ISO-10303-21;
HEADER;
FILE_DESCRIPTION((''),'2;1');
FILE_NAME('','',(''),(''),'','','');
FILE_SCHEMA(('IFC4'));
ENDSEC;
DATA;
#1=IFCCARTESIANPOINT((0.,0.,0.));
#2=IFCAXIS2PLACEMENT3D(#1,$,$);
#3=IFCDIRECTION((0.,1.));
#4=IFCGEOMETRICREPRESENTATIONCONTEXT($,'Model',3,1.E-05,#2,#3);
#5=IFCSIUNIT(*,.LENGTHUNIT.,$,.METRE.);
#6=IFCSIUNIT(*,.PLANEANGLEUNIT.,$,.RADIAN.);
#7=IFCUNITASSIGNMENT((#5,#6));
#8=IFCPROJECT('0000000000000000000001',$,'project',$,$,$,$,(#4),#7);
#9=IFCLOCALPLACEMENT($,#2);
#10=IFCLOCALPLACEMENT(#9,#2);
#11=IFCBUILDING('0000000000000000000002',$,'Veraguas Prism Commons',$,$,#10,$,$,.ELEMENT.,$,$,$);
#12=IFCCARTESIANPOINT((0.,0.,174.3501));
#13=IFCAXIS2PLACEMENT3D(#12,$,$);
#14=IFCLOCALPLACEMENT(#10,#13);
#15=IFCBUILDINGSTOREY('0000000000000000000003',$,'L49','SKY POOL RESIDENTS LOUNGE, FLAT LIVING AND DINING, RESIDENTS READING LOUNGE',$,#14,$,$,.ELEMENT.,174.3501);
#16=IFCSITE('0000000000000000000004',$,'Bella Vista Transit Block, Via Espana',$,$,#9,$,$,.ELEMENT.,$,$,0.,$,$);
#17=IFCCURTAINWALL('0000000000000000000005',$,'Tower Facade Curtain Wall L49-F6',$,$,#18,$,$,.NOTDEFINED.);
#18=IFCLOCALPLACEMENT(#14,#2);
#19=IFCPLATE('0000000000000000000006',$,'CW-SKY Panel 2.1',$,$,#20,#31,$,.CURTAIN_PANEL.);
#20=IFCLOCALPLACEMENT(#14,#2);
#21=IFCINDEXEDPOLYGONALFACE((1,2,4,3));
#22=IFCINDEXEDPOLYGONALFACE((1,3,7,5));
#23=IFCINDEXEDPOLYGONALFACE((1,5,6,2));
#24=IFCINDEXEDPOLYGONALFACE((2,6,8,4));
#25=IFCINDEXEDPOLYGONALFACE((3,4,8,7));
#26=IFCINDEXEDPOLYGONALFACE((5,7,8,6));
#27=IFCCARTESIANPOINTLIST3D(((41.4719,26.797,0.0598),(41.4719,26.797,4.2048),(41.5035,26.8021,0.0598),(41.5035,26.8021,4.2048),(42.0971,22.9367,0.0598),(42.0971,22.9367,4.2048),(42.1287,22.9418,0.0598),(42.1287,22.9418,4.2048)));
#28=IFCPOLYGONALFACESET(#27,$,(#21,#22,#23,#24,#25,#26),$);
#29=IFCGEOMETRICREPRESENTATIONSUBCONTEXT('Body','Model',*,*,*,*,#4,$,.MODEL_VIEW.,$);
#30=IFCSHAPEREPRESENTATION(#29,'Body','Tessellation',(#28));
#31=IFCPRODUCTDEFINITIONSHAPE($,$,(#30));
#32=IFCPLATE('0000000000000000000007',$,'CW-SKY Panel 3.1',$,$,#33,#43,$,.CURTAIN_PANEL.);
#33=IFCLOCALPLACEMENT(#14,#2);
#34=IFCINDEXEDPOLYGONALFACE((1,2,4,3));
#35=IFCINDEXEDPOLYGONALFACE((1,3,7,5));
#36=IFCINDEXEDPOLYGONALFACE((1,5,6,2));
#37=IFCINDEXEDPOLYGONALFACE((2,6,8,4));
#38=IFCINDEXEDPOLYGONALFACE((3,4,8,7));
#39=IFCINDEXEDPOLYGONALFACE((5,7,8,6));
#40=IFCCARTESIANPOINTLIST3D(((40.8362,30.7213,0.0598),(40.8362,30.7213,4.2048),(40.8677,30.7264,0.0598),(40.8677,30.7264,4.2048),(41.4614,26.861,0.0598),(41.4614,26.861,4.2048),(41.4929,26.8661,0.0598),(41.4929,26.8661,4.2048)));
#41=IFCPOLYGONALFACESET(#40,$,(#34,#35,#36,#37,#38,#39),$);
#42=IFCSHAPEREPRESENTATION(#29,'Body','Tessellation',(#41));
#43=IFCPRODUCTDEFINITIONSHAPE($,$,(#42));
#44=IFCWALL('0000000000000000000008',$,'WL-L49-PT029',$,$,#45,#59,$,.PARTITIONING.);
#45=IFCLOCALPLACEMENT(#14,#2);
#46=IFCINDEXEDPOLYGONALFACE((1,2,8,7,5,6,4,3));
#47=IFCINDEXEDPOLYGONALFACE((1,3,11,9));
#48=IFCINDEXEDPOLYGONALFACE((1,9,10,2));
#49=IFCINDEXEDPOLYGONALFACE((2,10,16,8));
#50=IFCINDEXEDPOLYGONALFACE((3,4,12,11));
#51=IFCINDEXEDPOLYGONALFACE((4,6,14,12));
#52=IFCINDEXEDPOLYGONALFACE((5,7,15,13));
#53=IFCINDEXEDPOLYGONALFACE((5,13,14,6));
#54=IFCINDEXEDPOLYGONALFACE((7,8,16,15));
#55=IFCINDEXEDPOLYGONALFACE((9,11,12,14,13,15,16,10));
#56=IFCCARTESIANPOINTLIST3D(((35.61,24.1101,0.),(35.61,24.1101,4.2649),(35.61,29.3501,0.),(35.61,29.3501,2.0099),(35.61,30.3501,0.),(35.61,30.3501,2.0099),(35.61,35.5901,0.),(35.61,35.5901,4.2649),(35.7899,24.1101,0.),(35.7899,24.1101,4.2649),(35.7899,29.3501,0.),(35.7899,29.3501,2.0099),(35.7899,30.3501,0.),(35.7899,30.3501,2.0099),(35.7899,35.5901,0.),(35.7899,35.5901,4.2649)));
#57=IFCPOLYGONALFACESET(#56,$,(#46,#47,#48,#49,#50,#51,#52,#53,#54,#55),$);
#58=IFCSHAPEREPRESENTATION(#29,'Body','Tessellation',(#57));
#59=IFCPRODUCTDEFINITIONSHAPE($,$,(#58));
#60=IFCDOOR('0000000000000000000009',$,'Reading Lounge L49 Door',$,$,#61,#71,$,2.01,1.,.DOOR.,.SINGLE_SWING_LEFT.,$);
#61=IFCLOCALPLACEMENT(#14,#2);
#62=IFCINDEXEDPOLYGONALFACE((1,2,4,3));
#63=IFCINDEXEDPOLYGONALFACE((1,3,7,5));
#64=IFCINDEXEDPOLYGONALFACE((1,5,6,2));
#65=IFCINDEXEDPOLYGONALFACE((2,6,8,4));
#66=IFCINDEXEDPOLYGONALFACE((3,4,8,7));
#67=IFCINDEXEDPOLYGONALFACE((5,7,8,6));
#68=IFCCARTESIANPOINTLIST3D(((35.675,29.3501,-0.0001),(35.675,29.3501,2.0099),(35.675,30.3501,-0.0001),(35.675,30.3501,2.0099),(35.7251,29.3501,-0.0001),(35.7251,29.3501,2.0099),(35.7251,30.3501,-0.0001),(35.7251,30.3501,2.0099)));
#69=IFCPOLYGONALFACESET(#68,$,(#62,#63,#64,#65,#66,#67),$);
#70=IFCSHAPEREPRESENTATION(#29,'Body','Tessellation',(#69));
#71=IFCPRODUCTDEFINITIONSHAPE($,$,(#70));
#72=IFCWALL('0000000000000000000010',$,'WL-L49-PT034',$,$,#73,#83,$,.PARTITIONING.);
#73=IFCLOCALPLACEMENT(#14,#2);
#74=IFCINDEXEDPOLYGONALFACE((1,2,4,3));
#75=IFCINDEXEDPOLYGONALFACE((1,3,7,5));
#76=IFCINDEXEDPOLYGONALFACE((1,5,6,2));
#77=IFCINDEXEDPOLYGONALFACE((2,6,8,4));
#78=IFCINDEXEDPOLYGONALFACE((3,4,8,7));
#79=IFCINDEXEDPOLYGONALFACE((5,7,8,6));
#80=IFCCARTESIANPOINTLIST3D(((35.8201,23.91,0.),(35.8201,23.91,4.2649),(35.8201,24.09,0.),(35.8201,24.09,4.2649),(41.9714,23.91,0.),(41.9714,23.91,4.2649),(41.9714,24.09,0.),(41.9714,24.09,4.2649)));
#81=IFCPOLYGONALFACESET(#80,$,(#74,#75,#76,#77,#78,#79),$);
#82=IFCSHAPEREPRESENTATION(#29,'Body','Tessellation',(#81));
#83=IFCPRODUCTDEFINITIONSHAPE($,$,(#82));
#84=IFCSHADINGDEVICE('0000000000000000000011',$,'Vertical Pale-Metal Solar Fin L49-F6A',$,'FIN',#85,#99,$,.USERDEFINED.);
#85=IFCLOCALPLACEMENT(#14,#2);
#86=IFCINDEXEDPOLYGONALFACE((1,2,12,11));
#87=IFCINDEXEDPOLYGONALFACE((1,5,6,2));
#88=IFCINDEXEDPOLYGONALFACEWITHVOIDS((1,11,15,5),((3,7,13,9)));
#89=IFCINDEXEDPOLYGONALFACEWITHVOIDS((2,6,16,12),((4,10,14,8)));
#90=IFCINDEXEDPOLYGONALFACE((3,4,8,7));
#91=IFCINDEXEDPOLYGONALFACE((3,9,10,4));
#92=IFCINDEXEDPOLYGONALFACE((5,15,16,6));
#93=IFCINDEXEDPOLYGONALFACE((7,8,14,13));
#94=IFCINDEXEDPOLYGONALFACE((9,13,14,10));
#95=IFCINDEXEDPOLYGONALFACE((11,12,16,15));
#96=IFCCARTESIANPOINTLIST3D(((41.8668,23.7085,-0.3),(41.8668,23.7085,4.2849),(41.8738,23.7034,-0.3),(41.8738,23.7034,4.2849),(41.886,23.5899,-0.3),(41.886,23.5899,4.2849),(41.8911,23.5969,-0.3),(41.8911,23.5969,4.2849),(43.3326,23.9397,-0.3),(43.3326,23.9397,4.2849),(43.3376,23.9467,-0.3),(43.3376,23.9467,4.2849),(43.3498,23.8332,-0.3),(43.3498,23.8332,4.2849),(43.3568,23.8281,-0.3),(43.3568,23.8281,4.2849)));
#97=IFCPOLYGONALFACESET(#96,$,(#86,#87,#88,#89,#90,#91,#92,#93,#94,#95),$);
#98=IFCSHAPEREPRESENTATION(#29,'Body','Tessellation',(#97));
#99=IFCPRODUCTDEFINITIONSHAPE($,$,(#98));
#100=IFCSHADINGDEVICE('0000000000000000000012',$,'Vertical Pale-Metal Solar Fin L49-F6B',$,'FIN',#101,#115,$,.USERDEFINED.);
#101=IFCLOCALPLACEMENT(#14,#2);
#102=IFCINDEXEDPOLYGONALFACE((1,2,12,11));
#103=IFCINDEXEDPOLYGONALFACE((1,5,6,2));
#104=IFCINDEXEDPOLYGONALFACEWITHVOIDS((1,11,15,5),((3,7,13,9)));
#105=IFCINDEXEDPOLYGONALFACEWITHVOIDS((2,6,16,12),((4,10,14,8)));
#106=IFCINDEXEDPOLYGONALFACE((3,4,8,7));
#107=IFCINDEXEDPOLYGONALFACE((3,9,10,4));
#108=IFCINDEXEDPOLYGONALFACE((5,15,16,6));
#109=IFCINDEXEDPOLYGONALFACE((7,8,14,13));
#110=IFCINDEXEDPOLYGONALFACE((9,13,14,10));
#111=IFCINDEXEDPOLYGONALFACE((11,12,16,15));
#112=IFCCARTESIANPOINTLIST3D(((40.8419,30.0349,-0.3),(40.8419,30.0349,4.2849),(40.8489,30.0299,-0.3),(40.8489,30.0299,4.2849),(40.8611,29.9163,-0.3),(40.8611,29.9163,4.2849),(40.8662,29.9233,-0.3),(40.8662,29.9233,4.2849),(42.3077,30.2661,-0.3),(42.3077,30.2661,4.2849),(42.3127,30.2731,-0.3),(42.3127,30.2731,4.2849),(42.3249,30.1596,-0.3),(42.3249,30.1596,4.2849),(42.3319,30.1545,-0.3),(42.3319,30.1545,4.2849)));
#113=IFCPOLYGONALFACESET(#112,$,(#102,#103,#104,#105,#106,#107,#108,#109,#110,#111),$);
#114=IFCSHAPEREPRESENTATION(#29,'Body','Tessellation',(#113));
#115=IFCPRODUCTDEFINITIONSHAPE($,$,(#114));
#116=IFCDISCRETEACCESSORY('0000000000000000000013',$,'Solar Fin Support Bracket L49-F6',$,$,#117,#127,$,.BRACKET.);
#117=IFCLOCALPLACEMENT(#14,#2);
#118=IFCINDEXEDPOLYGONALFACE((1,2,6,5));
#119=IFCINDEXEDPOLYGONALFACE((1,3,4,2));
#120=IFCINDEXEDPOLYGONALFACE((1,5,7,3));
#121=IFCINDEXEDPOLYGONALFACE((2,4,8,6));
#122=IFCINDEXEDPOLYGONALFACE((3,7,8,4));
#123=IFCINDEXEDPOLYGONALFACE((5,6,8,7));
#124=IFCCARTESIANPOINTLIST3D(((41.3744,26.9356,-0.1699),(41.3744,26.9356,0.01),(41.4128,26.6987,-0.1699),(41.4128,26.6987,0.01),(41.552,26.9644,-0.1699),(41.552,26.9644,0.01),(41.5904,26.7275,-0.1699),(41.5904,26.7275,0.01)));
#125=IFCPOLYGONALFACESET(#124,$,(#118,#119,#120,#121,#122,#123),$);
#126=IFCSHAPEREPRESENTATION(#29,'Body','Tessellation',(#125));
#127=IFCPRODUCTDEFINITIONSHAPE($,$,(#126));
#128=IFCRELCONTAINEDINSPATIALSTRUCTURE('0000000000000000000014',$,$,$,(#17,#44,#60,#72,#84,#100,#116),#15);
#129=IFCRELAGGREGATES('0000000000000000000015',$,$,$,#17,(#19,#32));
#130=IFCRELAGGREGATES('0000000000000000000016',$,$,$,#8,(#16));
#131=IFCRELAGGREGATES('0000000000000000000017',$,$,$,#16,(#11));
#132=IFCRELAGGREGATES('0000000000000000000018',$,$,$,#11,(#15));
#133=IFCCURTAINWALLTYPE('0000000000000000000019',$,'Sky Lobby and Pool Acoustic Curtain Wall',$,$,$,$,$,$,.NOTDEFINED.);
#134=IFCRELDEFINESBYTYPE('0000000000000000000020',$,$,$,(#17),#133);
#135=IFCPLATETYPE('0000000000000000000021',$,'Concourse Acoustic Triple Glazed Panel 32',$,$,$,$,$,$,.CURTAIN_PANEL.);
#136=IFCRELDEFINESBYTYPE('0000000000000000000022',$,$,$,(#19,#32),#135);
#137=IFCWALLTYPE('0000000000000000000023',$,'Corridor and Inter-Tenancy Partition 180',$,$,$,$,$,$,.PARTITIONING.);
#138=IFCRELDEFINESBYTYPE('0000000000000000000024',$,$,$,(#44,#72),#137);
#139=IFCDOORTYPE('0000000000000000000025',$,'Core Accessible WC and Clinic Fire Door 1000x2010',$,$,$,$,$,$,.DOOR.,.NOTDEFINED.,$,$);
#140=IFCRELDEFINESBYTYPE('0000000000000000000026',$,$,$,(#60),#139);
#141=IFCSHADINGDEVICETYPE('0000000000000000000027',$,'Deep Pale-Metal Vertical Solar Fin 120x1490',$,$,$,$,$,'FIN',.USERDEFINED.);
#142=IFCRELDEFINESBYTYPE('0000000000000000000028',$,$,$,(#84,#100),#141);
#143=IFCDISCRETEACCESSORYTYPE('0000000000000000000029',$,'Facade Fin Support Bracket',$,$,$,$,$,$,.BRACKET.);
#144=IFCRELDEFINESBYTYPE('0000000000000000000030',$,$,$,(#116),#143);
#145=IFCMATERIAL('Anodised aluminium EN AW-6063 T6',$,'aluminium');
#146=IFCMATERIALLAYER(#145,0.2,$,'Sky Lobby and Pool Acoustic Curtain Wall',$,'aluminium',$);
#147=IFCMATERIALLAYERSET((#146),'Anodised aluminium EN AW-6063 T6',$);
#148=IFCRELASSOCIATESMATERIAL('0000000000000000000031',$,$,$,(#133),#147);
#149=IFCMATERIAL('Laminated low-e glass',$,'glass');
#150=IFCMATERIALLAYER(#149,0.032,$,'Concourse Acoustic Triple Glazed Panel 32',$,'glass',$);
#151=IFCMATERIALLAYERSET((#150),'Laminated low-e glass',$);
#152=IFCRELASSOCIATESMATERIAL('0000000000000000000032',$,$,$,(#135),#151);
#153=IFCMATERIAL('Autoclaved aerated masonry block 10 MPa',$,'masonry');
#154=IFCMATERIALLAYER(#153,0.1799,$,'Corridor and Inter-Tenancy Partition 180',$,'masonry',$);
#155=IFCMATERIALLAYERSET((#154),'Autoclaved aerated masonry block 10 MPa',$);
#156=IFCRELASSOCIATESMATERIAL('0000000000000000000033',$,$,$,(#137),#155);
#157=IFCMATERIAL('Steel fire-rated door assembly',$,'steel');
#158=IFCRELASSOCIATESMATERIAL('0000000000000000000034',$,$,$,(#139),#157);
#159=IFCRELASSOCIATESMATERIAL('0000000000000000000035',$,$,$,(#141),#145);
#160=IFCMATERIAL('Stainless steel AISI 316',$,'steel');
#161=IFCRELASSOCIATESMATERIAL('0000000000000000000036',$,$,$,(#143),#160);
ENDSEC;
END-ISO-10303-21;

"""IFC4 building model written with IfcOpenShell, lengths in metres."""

from ifc_helpers import new_model, si_unit, direction, frame, frame_2d, origin, origin_2d, place, context, subcontext, project, spatial, rectangle, hollow_rectangle, extrude, source, transform, mapped, material, layer, layer_set, material_profile, profile_set, type_object, element, fill, aggregate, save


model = new_model("IFC4")

# Units and contexts
model_context = context("Model", 3, precision=1e-05, world=origin(), true_north=direction((0.0, 1.0)))
body_context = subcontext(model_context, "Body", "Model", "MODEL_VIEW")
ifc_project = project(units=[si_unit("LENGTHUNIT", "METRE"), si_unit("PLANEANGLEUNIT", "RADIAN")], contexts=[model_context])

# Site, building, storey
site_placement = place(None, origin())
site = spatial("IfcSite", under=ifc_project, at=site_placement, Name="Bella Vista Transit Block, Via Espana", CompositionType="ELEMENT", RefElevation=0.0)
building_placement = place(site_placement, origin())
building = spatial("IfcBuilding", under=site, at=building_placement, Name="Veraguas Prism Commons", CompositionType="ELEMENT")
storey_placement = place(building_placement, frame((0.0, 0.0, 174.3501)))
storey = spatial("IfcBuildingStorey", under=building, at=storey_placement, Name="L49", Description="SKY POOL RESIDENTS LOUNGE, FLAT LIVING AND DINING, RESIDENTS READING LOUNGE", CompositionType="ELEMENT", Elevation=174.3501)

# Curtain wall, plates
ifc_material_1 = material(Name="Anodised aluminium EN AW-6063 T6", Category="aluminium")
ifc_layer_1 = layer(ifc_material_1, 0.2, Name="Sky Lobby and Pool Acoustic Curtain Wall", Category="aluminium")
ifc_layer_set_1 = layer_set([ifc_layer_1], Name="Anodised aluminium EN AW-6063 T6")
curtain_wall_type = type_object("IfcCurtainWallType", Name="Sky Lobby and Pool Acoustic Curtain Wall", PredefinedType="NOTDEFINED", material=ifc_layer_set_1)
curtain_wall_placement = place(storey_placement, origin())
curtain_wall = element("IfcCurtainWall", 1, at=curtain_wall_placement, inside=storey, type_object=curtain_wall_type, Name="Tower Facade Curtain Wall L49-F6", PredefinedType="NOTDEFINED")
ifc_material_2 = material(Name="Laminated low-e glass", Category="glass")
ifc_layer_2 = layer(ifc_material_2, 0.032, Name="Concourse Acoustic Triple Glazed Panel 32", Category="glass")
ifc_layer_set_2 = layer_set([ifc_layer_2], Name="Laminated low-e glass")
plate_type = type_object("IfcPlateType", Name="Concourse Acoustic Triple Glazed Panel 32", PredefinedType="CURTAIN_PANEL", material=ifc_layer_set_2)
shared_shape_1 = source(origin(), body_context, "Body", "SweptSolid", [
    extrude(rectangle(XDim=3.9106, YDim=0.032, at=origin_2d()), origin(), (0.0, 0.0, 1.0), 4.145),
])
plate_1_placement = place(storey_placement, frame((41.8003, 24.8694, 0.0598), z_axis=(0.0, 0.0, 1.0), x_axis=(-0.159874, 0.987137, 0.0)))
plate_1 = element("IfcPlate", 2, at=plate_1_placement, type_object=plate_type, Name="CW-SKY Panel 2.1", PredefinedType="CURTAIN_PANEL", context=body_context, shape_type="MappedRepresentation", body=[
    mapped(shared_shape_1, transform((0.0, 0.0, 0.0), scale=1.0)),
])
plate_2_placement = place(storey_placement, frame((41.1646, 28.7937, 0.0598), z_axis=(0.0, 0.0, 1.0), x_axis=(-0.159874, 0.987137, 0.0)))
plate_2 = element("IfcPlate", 3, at=plate_2_placement, type_object=plate_type, Name="CW-SKY Panel 3.1", PredefinedType="CURTAIN_PANEL", context=body_context, shape_type="MappedRepresentation", body=[
    mapped(shared_shape_1, transform((0.0, 0.0, 0.0), scale=1.0)),
])
aggregate(curtain_wall, [plate_1, plate_2])

# Wall, opening, door
ifc_material_3 = material(Name="Autoclaved aerated masonry block 10 MPa", Category="masonry")
ifc_layer_3 = layer(ifc_material_3, 0.1799, Name="Corridor and Inter-Tenancy Partition 180", Category="masonry")
ifc_layer_set_3 = layer_set([ifc_layer_3], Name="Autoclaved aerated masonry block 10 MPa")
wall_type = type_object("IfcWallType", Name="Corridor and Inter-Tenancy Partition 180", PredefinedType="PARTITIONING", material=ifc_layer_set_3)
wall_1_placement = place(storey_placement, frame((35.7, 24.1101, 0.0), z_axis=(0.0, 0.0, 1.0), x_axis=(0.0, 1.0, 0.0)))
wall_1 = element("IfcWall", 4, at=wall_1_placement, inside=storey, type_object=wall_type, Name="WL-L49-PT029", PredefinedType="PARTITIONING", context=body_context, shape_type="SweptSolid", body=[
    extrude(rectangle(XDim=11.48, YDim=0.1799, at=frame_2d((5.74, 0.0))), origin(), (0.0, 0.0, 1.0), 4.2649),
])
opening_placement = place(wall_1_placement, frame((5.24, 0.0, 0.0)))
opening = element("IfcOpeningElement", 5, at=opening_placement, cuts=wall_1, PredefinedType="OPENING", context=body_context, shape_type="SweptSolid", body=[
    extrude(rectangle(XDim=1.0, YDim=2.01, at=frame_2d((0.5, 1.0049))), frame((0.0, 0.0999, 0.0), z_axis=(0.0, -1.0, 0.0), x_axis=(1.0, 0.0, 0.0)), (0.0, 0.0, 1.0), 0.2),
])
ifc_material_4 = material(Name="Steel fire-rated door assembly", Category="steel")
door_type = type_object("IfcDoorType", Name="Core Accessible WC and Clinic Fire Door 1000x2010", OperationType="NOTDEFINED", PredefinedType="DOOR", material=ifc_material_4)
shared_shape_2 = source(origin(), body_context, "Body", "SweptSolid", [
    extrude(rectangle(XDim=1.0, YDim=2.01, at=frame_2d((0.5, 1.0049))), frame((0.0, 0.0249, 0.0), z_axis=(0.0, -1.0, 0.0), x_axis=(1.0, 0.0, 0.0)), (0.0, 0.0, 1.0), 0.05),
])
door_placement = place(opening_placement, origin())
door = element("IfcDoor", 6, at=door_placement, inside=storey, type_object=door_type, Name="Reading Lounge L49 Door", OperationType="SINGLE_SWING_LEFT", OverallHeight=2.01, OverallWidth=1.0, PredefinedType="DOOR", context=body_context, shape_type="MappedRepresentation", body=[
    mapped(shared_shape_2, transform((0.0, 0.0, 0.0), scale=1.0)),
])
fill(opening, door)

# Wall
wall_2_placement = place(storey_placement, frame((35.8201, 24.0, 0.0), z_axis=(0.0, 0.0, 1.0), x_axis=(1.0, 0.0, 0.0)))
element("IfcWall", 7, at=wall_2_placement, inside=storey, type_object=wall_type, Name="WL-L49-PT034", PredefinedType="PARTITIONING", context=body_context, shape_type="SweptSolid", body=[
    extrude(rectangle(XDim=6.1514, YDim=0.1799, at=frame_2d((3.0757, 0.0))), origin(), (0.0, 0.0, 1.0), 4.2649),
])

# Shading devices
ifc_material_profile_1 = material_profile(ifc_material_1, hollow_rectangle(XDim=0.1201, YDim=1.49, WallThickness=0.0061, at=origin_2d()), Name="FIN120X1490X6")
ifc_profile_set_1 = profile_set([ifc_material_profile_1], Name="Anodised aluminium EN AW-6063 T6")
shading_device_type = type_object("IfcShadingDeviceType", Name="Deep Pale-Metal Vertical Solar Fin 120x1490", ElementType="FIN", PredefinedType="USERDEFINED", material=ifc_profile_set_1)
for number, where, z_axis, x_axis, name in (
    (8, (42.6118, 23.7683, -0.3), (0.0, 0.0, 1.0), (-0.159876, 0.987137, 0.0), "Vertical Pale-Metal Solar Fin L49-F6A"),
    (9, (41.5869, 30.0947, -0.3), (0.0, 0.0, 1.0), (-0.159876, 0.987137, 0.0), "Vertical Pale-Metal Solar Fin L49-F6B"),
):
    element("IfcShadingDevice", number, at=place(storey_placement, frame(where, z_axis=z_axis, x_axis=x_axis)), inside=storey, type_object=shading_device_type, Name=name, ObjectType="FIN", PredefinedType="USERDEFINED", context=body_context, shape_type="SweptSolid", body=[
        extrude(hollow_rectangle(XDim=0.1201, YDim=1.49, WallThickness=0.0061, at=origin_2d()), origin(), (0.0, 0.0, 1.0), 4.585),
    ])

# Discrete accessory
ifc_material_5 = material(Name="Stainless steel AISI 316", Category="steel")
discrete_accessory_type = type_object("IfcDiscreteAccessoryType", Name="Facade Fin Support Bracket", PredefinedType="BRACKET", material=ifc_material_5)
shared_shape_3 = source(origin(), body_context, "Body", "SweptSolid", [
    extrude(rectangle(XDim=0.24, YDim=0.1799, at=origin_2d()), origin(), (0.0, 0.0, 1.0), 0.1799),
])
discrete_accessory_placement = place(storey_placement, frame((41.4824, 26.8315, -0.1699), z_axis=(0.0, 0.0, 1.0), x_axis=(-0.159876, 0.987137, 0.0)))
element("IfcDiscreteAccessory", 10, at=discrete_accessory_placement, inside=storey, type_object=discrete_accessory_type, Name="Solar Fin Support Bracket L49-F6", PredefinedType="BRACKET", context=body_context, shape_type="MappedRepresentation", body=[
    mapped(shared_shape_3, transform((0.0, 0.0, 0.0), scale=1.0)),
])

save(model, "model.ifc")
